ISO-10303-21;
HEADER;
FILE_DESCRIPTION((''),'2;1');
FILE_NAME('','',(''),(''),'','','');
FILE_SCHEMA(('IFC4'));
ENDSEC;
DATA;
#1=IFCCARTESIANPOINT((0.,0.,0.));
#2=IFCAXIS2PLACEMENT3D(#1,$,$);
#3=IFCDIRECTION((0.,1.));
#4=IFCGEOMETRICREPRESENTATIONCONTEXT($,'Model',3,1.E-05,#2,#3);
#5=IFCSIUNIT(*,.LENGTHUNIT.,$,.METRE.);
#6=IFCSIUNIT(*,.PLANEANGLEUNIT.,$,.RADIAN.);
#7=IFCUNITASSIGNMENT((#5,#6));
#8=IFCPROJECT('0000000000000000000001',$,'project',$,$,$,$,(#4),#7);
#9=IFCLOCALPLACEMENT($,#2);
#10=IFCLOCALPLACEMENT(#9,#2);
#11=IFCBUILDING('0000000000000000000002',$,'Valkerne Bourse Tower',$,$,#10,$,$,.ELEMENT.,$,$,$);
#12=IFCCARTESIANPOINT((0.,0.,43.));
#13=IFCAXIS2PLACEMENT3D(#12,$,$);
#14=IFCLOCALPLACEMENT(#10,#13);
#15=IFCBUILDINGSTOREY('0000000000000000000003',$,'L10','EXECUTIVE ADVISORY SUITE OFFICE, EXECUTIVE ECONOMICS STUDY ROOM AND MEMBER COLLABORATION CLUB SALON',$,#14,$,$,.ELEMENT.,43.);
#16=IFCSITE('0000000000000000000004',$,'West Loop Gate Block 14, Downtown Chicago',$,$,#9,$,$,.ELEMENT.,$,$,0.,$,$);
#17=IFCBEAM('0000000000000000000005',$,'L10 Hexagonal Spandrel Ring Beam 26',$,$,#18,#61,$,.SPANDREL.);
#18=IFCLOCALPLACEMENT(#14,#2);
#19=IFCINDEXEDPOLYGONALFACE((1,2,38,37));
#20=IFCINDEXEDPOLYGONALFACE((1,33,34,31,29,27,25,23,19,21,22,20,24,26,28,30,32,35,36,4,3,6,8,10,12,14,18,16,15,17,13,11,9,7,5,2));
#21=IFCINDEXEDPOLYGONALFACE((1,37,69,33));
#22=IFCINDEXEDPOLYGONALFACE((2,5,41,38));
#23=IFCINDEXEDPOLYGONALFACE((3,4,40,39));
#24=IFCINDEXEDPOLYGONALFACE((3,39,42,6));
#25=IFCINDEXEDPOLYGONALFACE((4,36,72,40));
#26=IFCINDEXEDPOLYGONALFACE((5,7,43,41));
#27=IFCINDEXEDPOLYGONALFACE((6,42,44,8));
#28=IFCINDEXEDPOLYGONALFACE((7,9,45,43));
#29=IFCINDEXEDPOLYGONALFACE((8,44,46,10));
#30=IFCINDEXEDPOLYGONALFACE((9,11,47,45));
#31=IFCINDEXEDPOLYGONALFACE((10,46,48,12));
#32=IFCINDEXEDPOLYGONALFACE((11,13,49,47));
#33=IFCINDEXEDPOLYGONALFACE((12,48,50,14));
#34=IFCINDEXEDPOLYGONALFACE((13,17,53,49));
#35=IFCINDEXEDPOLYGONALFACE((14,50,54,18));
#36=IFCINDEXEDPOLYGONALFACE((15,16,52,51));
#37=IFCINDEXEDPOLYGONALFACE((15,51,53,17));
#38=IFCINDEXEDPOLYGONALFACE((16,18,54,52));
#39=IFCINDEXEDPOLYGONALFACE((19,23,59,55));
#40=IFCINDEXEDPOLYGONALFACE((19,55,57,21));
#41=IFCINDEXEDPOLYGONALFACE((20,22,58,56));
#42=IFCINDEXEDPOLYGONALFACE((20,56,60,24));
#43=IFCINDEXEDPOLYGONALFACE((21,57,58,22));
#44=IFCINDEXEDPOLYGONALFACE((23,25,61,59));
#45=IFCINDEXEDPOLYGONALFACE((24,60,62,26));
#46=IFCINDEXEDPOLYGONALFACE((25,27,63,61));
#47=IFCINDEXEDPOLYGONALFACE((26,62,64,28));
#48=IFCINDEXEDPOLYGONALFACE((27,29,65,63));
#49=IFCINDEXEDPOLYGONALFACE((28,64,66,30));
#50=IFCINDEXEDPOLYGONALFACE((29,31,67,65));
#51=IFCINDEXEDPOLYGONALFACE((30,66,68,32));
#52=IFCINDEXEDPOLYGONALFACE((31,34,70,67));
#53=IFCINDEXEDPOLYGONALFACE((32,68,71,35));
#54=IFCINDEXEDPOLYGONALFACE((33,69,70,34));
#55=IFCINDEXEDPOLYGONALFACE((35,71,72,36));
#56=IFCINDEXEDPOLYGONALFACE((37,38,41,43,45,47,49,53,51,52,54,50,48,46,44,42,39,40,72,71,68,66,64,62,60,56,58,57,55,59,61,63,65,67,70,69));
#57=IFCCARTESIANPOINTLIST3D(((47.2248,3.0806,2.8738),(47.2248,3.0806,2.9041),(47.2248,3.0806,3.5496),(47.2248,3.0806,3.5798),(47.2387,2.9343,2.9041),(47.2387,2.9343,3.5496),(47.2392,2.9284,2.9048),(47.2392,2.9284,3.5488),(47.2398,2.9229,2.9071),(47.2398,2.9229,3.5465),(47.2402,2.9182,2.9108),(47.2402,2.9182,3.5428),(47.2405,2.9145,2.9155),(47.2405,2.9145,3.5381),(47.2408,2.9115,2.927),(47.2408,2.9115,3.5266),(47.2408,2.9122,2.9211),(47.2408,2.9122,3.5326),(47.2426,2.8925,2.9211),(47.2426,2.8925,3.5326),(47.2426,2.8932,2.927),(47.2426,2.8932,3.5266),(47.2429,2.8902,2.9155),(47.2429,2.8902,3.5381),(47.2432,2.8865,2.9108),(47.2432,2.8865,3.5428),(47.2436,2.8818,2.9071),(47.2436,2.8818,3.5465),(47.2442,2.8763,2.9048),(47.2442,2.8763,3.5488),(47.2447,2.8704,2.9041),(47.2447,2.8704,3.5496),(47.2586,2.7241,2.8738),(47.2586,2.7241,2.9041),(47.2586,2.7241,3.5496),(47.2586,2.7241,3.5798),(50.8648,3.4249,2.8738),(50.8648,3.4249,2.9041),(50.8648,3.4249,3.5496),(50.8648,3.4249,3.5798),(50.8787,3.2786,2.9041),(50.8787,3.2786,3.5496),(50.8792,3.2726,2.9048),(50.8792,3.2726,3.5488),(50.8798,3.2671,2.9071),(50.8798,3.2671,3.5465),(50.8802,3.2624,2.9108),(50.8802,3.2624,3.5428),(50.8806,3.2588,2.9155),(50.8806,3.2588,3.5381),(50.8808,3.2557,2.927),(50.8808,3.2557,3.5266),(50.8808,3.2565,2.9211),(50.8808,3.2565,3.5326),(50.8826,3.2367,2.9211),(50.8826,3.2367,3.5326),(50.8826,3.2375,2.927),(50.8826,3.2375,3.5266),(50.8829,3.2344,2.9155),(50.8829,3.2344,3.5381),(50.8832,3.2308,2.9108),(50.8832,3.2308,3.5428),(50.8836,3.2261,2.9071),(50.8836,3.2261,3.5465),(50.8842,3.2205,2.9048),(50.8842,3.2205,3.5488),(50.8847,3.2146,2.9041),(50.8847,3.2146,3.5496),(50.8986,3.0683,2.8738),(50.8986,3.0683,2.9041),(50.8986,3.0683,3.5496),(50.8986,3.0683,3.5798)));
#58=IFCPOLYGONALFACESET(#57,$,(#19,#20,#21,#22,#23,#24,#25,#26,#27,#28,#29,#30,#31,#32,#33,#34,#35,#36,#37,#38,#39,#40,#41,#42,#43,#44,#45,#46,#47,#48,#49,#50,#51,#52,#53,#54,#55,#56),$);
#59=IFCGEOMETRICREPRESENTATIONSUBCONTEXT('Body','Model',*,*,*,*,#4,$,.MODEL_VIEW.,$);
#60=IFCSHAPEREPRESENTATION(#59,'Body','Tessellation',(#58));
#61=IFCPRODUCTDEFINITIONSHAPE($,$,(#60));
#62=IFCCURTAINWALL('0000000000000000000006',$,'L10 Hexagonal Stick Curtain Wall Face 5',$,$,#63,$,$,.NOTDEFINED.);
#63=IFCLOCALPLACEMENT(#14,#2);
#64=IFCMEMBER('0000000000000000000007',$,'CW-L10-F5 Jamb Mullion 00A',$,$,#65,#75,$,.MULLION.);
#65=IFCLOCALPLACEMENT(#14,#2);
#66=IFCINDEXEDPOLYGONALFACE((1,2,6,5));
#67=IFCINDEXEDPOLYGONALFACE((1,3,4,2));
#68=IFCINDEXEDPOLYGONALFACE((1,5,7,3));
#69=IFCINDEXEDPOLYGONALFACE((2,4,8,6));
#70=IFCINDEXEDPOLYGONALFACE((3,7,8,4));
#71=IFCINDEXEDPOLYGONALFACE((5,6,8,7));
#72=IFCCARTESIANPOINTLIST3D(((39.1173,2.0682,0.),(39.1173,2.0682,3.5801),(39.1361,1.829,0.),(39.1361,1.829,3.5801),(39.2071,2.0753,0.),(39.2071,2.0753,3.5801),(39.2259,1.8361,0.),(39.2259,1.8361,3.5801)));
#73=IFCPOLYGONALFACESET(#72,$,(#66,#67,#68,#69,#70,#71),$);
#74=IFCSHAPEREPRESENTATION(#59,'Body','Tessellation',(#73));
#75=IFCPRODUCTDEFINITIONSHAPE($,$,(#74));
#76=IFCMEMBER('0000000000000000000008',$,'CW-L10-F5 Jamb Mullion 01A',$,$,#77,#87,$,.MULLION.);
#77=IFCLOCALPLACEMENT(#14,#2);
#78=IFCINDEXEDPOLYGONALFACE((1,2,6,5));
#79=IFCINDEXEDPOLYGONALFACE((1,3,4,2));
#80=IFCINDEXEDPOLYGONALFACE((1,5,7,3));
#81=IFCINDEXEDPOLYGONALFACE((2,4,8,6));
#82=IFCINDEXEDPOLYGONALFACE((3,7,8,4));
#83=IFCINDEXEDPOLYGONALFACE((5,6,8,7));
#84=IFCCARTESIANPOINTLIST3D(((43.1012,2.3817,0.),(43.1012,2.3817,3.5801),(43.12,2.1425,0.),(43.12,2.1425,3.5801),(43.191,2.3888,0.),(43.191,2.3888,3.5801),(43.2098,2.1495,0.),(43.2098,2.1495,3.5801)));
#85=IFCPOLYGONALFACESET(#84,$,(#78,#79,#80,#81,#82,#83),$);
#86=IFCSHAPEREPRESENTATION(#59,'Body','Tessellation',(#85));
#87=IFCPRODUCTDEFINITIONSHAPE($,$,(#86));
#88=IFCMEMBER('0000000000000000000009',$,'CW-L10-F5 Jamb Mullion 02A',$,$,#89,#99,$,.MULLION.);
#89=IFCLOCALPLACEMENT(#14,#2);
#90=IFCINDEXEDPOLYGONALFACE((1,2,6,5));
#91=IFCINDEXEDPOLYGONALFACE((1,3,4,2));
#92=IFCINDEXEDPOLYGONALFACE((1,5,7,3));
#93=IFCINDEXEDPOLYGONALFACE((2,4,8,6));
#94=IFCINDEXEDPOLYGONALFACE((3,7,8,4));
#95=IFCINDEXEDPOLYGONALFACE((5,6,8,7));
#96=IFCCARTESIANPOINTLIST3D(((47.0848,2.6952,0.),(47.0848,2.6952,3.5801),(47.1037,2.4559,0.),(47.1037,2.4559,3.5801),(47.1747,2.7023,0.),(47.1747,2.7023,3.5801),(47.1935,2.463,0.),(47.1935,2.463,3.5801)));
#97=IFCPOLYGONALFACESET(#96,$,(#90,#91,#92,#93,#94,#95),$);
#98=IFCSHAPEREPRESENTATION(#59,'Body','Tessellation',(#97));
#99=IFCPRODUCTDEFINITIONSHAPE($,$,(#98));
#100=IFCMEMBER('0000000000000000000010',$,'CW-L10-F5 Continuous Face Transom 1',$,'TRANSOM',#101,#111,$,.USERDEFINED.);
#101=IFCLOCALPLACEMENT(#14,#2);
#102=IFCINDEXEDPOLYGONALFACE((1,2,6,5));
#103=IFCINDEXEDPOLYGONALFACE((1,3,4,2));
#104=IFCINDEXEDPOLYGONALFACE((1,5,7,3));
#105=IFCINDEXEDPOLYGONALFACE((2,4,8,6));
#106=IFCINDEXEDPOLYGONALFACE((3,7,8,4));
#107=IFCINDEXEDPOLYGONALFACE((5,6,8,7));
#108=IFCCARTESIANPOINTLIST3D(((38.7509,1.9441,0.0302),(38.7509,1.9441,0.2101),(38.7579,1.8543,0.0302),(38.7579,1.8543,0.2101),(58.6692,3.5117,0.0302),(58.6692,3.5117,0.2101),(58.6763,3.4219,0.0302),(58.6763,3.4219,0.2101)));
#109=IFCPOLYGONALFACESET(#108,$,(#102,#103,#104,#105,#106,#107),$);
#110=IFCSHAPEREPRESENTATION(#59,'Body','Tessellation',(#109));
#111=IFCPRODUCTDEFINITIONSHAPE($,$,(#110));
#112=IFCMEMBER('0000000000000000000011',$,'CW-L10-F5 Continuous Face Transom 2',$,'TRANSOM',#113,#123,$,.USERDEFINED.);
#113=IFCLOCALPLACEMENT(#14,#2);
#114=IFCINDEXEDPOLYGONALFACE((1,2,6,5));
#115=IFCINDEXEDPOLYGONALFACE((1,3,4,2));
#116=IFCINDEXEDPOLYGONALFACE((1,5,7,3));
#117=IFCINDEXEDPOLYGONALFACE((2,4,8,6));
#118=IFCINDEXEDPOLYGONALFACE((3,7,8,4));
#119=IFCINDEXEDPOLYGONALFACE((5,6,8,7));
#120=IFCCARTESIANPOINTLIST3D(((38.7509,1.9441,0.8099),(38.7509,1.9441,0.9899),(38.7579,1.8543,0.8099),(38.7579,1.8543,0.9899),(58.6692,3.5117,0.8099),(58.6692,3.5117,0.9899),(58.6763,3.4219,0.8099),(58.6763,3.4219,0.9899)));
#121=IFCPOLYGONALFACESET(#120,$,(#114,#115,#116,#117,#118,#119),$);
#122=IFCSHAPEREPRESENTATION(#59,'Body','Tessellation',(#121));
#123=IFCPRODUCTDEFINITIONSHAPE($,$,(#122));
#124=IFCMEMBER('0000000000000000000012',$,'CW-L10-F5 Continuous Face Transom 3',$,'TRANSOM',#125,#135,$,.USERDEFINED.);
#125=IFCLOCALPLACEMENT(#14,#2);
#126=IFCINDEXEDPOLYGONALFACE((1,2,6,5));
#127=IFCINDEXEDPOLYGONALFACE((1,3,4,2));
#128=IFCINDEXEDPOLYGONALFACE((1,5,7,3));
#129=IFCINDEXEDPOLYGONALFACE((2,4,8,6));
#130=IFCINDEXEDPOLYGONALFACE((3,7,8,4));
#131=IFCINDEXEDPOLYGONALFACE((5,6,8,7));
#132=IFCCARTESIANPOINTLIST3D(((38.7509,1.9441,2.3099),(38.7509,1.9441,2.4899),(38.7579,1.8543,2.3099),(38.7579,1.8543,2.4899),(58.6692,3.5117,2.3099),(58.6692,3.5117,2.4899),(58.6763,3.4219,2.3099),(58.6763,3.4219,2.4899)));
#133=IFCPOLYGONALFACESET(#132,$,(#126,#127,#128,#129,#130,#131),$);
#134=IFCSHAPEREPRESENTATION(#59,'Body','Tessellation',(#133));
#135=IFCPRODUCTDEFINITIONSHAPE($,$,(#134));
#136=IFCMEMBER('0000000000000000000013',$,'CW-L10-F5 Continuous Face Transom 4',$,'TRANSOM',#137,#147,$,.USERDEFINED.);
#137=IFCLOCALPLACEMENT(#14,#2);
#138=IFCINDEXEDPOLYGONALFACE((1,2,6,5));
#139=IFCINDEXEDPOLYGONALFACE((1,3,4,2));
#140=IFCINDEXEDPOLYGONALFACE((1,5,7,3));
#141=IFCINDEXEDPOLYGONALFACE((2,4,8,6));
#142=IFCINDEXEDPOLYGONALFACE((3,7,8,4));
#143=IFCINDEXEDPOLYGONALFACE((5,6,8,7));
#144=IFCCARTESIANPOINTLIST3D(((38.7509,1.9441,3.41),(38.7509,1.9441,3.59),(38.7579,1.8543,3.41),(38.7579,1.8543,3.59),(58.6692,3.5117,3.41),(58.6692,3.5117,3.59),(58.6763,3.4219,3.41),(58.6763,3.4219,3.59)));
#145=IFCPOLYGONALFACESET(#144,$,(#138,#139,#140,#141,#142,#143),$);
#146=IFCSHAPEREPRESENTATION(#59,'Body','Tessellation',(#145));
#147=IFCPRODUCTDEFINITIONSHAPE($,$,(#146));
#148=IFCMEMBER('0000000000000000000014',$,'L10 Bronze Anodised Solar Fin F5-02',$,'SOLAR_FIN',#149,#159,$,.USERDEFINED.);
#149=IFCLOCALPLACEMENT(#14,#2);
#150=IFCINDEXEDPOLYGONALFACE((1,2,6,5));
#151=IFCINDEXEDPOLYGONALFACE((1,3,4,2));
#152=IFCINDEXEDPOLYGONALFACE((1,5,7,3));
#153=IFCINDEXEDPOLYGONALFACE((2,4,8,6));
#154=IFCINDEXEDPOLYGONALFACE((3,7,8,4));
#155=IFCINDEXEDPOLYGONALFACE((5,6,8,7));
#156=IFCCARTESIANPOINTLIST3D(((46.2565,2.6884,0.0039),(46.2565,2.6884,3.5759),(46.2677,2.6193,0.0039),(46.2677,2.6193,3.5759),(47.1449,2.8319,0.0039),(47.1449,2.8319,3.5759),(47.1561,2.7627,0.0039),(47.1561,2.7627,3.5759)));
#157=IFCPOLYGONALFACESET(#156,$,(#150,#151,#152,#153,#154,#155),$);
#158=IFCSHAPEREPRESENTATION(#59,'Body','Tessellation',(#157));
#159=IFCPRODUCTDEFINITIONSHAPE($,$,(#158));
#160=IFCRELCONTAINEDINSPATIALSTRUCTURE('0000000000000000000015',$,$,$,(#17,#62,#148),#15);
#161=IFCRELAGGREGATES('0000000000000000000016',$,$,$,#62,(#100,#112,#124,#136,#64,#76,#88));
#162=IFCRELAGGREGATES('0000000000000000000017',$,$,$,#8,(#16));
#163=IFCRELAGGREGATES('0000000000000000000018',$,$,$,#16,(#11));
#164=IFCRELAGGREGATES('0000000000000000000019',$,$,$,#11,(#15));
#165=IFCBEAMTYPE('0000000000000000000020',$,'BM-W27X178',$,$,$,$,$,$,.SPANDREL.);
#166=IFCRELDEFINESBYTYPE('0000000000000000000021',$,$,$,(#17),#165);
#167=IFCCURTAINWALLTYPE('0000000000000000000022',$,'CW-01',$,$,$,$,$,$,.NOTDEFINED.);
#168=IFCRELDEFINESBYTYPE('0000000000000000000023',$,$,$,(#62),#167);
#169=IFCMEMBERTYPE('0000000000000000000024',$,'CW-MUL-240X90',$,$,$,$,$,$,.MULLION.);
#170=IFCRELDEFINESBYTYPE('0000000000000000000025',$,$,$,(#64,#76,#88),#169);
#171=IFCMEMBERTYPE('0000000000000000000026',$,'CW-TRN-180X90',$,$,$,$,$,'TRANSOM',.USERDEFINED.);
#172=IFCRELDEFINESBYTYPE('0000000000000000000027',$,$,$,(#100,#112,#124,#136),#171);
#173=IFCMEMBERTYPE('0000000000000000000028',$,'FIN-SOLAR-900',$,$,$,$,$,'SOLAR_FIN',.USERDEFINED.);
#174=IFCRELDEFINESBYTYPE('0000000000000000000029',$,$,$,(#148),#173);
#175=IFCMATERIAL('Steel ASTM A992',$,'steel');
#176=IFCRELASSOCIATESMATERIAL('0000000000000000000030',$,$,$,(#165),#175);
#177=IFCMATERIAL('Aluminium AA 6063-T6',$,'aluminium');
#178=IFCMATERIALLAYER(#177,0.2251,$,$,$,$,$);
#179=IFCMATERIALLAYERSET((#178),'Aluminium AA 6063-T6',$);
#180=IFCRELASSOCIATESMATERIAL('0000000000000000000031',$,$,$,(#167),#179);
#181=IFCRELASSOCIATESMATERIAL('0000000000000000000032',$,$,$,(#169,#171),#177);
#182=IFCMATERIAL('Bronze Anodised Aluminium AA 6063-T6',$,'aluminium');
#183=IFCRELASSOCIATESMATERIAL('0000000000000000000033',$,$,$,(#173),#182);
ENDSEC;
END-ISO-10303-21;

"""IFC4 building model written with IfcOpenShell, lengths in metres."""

from ifc_helpers import new_model, si_unit, direction, frame, origin, origin_2d, place, context, subcontext, project, spatial, rectangle, i_section, extrude, material, layer, layer_set, material_profile, profile_set, type_object, element, aggregate, save


model = new_model("IFC4")

# Units and contexts
model_context = context("Model", 3, precision=1e-05, world=origin(), true_north=direction((0.0, 1.0)))
body_context = subcontext(model_context, "Body", "Model", "MODEL_VIEW")
ifc_project = project(units=[si_unit("LENGTHUNIT", "METRE"), si_unit("PLANEANGLEUNIT", "RADIAN")], contexts=[model_context])

# Site, building, storey
site_placement = place(None, origin())
site = spatial("IfcSite", under=ifc_project, at=site_placement, Name="West Loop Gate Block 14, Downtown Chicago", CompositionType="ELEMENT", RefElevation=0.0)
building_placement = place(site_placement, origin())
building = spatial("IfcBuilding", under=site, at=building_placement, Name="Valkerne Bourse Tower", CompositionType="ELEMENT")
storey_placement = place(building_placement, frame((0.0, 0.0, 43.0)))
storey = spatial("IfcBuildingStorey", under=building, at=storey_placement, Name="L10", Description="EXECUTIVE ADVISORY SUITE OFFICE, EXECUTIVE ECONOMICS STUDY ROOM AND MEMBER COLLABORATION CLUB SALON", CompositionType="ELEMENT", Elevation=43.0)

# Beam
ifc_material_1 = material(Name="Steel ASTM A992", Category="steel")
ifc_material_profile_1 = material_profile(ifc_material_1, i_section(OverallWidth=0.3582, OverallDepth=0.7061, WebThickness=0.0183, FlangeThickness=0.0303, FilletRadius=0.0229, at=origin_2d()), Name="W27X178")
ifc_profile_set_1 = profile_set([ifc_material_profile_1], Name="Steel ASTM A992")
beam_type_1 = type_object("IfcBeamType", Name="BM-W27X178", PredefinedType="SPANDREL", material=ifc_profile_set_1)
beam_1_placement = place(storey_placement, frame((47.2417, 2.9023, 3.2268), z_axis=(0.995558, 0.094154, 0.0), x_axis=(-0.094154, 0.995558, 0.0)))
element("IfcBeam", 1, at=beam_1_placement, inside=storey, type_object=beam_type_1, Name="L10 Hexagonal Spandrel Ring Beam 26", PredefinedType="SPANDREL", context=body_context, shape_type="SweptSolid", body=[
    extrude(i_section(OverallWidth=0.3582, OverallDepth=0.7061, WebThickness=0.0183, FlangeThickness=0.0303, FilletRadius=0.0229, at=origin_2d()), origin(), (0.0, 0.0, 1.0), 3.6562),
])

# Curtain wall, members
ifc_material_2 = material(Name="Aluminium AA 6063-T6", Category="aluminium")
ifc_layer_1 = layer(ifc_material_2, 0.2251)
ifc_layer_set_1 = layer_set([ifc_layer_1], Name="Aluminium AA 6063-T6")
curtain_wall_type = type_object("IfcCurtainWallType", Name="CW-01", PredefinedType="NOTDEFINED", material=ifc_layer_set_1)
curtain_wall_placement = place(storey_placement, origin())
curtain_wall = element("IfcCurtainWall", 2, at=curtain_wall_placement, inside=storey, type_object=curtain_wall_type, Name="L10 Hexagonal Stick Curtain Wall Face 5", PredefinedType="NOTDEFINED")
ifc_material_profile_2 = material_profile(ifc_material_2, rectangle(XDim=0.0901, YDim=0.24, at=origin_2d()), Name="CWM-90X240")
ifc_profile_set_2 = profile_set([ifc_material_profile_2], Name="Aluminium AA 6063-T6")
member_type_1 = type_object("IfcMemberType", Name="CW-MUL-240X90", PredefinedType="MULLION", material=ifc_profile_set_2)
member_1_placement = place(storey_placement, frame((39.1716, 1.9521, 0.0), z_axis=(0.0, 0.0, 1.0), x_axis=(0.996918, 0.078453, 0.0)))
member_1 = element("IfcMember", 3, at=member_1_placement, type_object=member_type_1, Name="CW-L10-F5 Jamb Mullion 00A", PredefinedType="MULLION", context=body_context, shape_type="SweptSolid", body=[
    extrude(rectangle(XDim=0.0901, YDim=0.24, at=origin_2d()), origin(), (0.0, 0.0, 1.0), 3.5801),
])
member_2_placement = place(storey_placement, frame((43.1555, 2.2656, 0.0), z_axis=(0.0, 0.0, 1.0), x_axis=(0.996918, 0.078453, 0.0)))
member_2 = element("IfcMember", 4, at=member_2_placement, type_object=member_type_1, Name="CW-L10-F5 Jamb Mullion 01A", PredefinedType="MULLION", context=body_context, shape_type="SweptSolid", body=[
    extrude(rectangle(XDim=0.0901, YDim=0.24, at=origin_2d()), origin(), (0.0, 0.0, 1.0), 3.5801),
])
member_3_placement = place(storey_placement, frame((47.1392, 2.5791, 0.0), z_axis=(0.0, 0.0, 1.0), x_axis=(0.996918, 0.078453, 0.0)))
member_3 = element("IfcMember", 5, at=member_3_placement, type_object=member_type_1, Name="CW-L10-F5 Jamb Mullion 02A", PredefinedType="MULLION", context=body_context, shape_type="SweptSolid", body=[
    extrude(rectangle(XDim=0.0901, YDim=0.24, at=origin_2d()), origin(), (0.0, 0.0, 1.0), 3.5801),
])
ifc_material_profile_3 = material_profile(ifc_material_2, rectangle(XDim=0.0901, YDim=0.1799, at=origin_2d()), Name="CWT-90X180")
ifc_profile_set_3 = profile_set([ifc_material_profile_3], Name="Aluminium AA 6063-T6")
member_type_2 = type_object("IfcMemberType", Name="CW-TRN-180X90", ElementType="TRANSOM", PredefinedType="USERDEFINED", material=ifc_profile_set_3)
member_4_placement = place(storey_placement, frame((38.7544, 1.8992, 0.1201), z_axis=(0.996917, 0.07846, 0.0), x_axis=(-0.07846, 0.996917, 0.0)))
member_4 = element("IfcMember", 6, at=member_4_placement, type_object=member_type_2, Name="CW-L10-F5 Continuous Face Transom 1", ObjectType="TRANSOM", PredefinedType="USERDEFINED", context=body_context, shape_type="SweptSolid", body=[
    extrude(rectangle(XDim=0.0901, YDim=0.1799, at=origin_2d()), origin(), (0.0, 0.0, 1.0), 19.98),
])
member_5_placement = place(storey_placement, frame((38.7544, 1.8992, 0.8999), z_axis=(0.996917, 0.07846, 0.0), x_axis=(-0.07846, 0.996917, 0.0)))
member_5 = element("IfcMember", 7, at=member_5_placement, type_object=member_type_2, Name="CW-L10-F5 Continuous Face Transom 2", ObjectType="TRANSOM", PredefinedType="USERDEFINED", context=body_context, shape_type="SweptSolid", body=[
    extrude(rectangle(XDim=0.0901, YDim=0.1799, at=origin_2d()), origin(), (0.0, 0.0, 1.0), 19.98),
])
member_6_placement = place(storey_placement, frame((38.7544, 1.8992, 2.3999), z_axis=(0.996917, 0.07846, 0.0), x_axis=(-0.07846, 0.996917, 0.0)))
member_6 = element("IfcMember", 8, at=member_6_placement, type_object=member_type_2, Name="CW-L10-F5 Continuous Face Transom 3", ObjectType="TRANSOM", PredefinedType="USERDEFINED", context=body_context, shape_type="SweptSolid", body=[
    extrude(rectangle(XDim=0.0901, YDim=0.1799, at=origin_2d()), origin(), (0.0, 0.0, 1.0), 19.98),
])
member_7_placement = place(storey_placement, frame((38.7544, 1.8992, 3.5), z_axis=(0.996917, 0.07846, 0.0), x_axis=(-0.07846, 0.996917, 0.0)))
member_7 = element("IfcMember", 9, at=member_7_placement, type_object=member_type_2, Name="CW-L10-F5 Continuous Face Transom 4", ObjectType="TRANSOM", PredefinedType="USERDEFINED", context=body_context, shape_type="SweptSolid", body=[
    extrude(rectangle(XDim=0.0901, YDim=0.1799, at=origin_2d()), origin(), (0.0, 0.0, 1.0), 19.98),
])

# Member
ifc_material_3 = material(Name="Bronze Anodised Aluminium AA 6063-T6", Category="aluminium")
ifc_material_profile_4 = material_profile(ifc_material_3, rectangle(XDim=0.0701, YDim=0.8999, at=origin_2d()), Name="FIN-70X900")
ifc_profile_set_4 = profile_set([ifc_material_profile_4], Name="Bronze Anodised Aluminium AA 6063-T6")
member_type_3 = type_object("IfcMemberType", Name="FIN-SOLAR-900", ElementType="SOLAR_FIN", PredefinedType="USERDEFINED", material=ifc_profile_set_4)
member_8_placement = place(storey_placement, frame((46.7063, 2.7256, 0.0039), z_axis=(0.0, 0.0, 1.0), x_axis=(0.159414, -0.987212, 0.0)))
element("IfcMember", 10, at=member_8_placement, inside=storey, type_object=member_type_3, Name="L10 Bronze Anodised Solar Fin F5-02", ObjectType="SOLAR_FIN", PredefinedType="USERDEFINED", context=body_context, shape_type="SweptSolid", body=[
    extrude(rectangle(XDim=0.0701, YDim=0.8999, at=origin_2d()), origin(), (0.0, 0.0, 1.0), 3.572),
])

aggregate(curtain_wall, [member_4, member_5, member_6, member_7, member_1, member_2, member_3])

save(model, "model.ifc")
